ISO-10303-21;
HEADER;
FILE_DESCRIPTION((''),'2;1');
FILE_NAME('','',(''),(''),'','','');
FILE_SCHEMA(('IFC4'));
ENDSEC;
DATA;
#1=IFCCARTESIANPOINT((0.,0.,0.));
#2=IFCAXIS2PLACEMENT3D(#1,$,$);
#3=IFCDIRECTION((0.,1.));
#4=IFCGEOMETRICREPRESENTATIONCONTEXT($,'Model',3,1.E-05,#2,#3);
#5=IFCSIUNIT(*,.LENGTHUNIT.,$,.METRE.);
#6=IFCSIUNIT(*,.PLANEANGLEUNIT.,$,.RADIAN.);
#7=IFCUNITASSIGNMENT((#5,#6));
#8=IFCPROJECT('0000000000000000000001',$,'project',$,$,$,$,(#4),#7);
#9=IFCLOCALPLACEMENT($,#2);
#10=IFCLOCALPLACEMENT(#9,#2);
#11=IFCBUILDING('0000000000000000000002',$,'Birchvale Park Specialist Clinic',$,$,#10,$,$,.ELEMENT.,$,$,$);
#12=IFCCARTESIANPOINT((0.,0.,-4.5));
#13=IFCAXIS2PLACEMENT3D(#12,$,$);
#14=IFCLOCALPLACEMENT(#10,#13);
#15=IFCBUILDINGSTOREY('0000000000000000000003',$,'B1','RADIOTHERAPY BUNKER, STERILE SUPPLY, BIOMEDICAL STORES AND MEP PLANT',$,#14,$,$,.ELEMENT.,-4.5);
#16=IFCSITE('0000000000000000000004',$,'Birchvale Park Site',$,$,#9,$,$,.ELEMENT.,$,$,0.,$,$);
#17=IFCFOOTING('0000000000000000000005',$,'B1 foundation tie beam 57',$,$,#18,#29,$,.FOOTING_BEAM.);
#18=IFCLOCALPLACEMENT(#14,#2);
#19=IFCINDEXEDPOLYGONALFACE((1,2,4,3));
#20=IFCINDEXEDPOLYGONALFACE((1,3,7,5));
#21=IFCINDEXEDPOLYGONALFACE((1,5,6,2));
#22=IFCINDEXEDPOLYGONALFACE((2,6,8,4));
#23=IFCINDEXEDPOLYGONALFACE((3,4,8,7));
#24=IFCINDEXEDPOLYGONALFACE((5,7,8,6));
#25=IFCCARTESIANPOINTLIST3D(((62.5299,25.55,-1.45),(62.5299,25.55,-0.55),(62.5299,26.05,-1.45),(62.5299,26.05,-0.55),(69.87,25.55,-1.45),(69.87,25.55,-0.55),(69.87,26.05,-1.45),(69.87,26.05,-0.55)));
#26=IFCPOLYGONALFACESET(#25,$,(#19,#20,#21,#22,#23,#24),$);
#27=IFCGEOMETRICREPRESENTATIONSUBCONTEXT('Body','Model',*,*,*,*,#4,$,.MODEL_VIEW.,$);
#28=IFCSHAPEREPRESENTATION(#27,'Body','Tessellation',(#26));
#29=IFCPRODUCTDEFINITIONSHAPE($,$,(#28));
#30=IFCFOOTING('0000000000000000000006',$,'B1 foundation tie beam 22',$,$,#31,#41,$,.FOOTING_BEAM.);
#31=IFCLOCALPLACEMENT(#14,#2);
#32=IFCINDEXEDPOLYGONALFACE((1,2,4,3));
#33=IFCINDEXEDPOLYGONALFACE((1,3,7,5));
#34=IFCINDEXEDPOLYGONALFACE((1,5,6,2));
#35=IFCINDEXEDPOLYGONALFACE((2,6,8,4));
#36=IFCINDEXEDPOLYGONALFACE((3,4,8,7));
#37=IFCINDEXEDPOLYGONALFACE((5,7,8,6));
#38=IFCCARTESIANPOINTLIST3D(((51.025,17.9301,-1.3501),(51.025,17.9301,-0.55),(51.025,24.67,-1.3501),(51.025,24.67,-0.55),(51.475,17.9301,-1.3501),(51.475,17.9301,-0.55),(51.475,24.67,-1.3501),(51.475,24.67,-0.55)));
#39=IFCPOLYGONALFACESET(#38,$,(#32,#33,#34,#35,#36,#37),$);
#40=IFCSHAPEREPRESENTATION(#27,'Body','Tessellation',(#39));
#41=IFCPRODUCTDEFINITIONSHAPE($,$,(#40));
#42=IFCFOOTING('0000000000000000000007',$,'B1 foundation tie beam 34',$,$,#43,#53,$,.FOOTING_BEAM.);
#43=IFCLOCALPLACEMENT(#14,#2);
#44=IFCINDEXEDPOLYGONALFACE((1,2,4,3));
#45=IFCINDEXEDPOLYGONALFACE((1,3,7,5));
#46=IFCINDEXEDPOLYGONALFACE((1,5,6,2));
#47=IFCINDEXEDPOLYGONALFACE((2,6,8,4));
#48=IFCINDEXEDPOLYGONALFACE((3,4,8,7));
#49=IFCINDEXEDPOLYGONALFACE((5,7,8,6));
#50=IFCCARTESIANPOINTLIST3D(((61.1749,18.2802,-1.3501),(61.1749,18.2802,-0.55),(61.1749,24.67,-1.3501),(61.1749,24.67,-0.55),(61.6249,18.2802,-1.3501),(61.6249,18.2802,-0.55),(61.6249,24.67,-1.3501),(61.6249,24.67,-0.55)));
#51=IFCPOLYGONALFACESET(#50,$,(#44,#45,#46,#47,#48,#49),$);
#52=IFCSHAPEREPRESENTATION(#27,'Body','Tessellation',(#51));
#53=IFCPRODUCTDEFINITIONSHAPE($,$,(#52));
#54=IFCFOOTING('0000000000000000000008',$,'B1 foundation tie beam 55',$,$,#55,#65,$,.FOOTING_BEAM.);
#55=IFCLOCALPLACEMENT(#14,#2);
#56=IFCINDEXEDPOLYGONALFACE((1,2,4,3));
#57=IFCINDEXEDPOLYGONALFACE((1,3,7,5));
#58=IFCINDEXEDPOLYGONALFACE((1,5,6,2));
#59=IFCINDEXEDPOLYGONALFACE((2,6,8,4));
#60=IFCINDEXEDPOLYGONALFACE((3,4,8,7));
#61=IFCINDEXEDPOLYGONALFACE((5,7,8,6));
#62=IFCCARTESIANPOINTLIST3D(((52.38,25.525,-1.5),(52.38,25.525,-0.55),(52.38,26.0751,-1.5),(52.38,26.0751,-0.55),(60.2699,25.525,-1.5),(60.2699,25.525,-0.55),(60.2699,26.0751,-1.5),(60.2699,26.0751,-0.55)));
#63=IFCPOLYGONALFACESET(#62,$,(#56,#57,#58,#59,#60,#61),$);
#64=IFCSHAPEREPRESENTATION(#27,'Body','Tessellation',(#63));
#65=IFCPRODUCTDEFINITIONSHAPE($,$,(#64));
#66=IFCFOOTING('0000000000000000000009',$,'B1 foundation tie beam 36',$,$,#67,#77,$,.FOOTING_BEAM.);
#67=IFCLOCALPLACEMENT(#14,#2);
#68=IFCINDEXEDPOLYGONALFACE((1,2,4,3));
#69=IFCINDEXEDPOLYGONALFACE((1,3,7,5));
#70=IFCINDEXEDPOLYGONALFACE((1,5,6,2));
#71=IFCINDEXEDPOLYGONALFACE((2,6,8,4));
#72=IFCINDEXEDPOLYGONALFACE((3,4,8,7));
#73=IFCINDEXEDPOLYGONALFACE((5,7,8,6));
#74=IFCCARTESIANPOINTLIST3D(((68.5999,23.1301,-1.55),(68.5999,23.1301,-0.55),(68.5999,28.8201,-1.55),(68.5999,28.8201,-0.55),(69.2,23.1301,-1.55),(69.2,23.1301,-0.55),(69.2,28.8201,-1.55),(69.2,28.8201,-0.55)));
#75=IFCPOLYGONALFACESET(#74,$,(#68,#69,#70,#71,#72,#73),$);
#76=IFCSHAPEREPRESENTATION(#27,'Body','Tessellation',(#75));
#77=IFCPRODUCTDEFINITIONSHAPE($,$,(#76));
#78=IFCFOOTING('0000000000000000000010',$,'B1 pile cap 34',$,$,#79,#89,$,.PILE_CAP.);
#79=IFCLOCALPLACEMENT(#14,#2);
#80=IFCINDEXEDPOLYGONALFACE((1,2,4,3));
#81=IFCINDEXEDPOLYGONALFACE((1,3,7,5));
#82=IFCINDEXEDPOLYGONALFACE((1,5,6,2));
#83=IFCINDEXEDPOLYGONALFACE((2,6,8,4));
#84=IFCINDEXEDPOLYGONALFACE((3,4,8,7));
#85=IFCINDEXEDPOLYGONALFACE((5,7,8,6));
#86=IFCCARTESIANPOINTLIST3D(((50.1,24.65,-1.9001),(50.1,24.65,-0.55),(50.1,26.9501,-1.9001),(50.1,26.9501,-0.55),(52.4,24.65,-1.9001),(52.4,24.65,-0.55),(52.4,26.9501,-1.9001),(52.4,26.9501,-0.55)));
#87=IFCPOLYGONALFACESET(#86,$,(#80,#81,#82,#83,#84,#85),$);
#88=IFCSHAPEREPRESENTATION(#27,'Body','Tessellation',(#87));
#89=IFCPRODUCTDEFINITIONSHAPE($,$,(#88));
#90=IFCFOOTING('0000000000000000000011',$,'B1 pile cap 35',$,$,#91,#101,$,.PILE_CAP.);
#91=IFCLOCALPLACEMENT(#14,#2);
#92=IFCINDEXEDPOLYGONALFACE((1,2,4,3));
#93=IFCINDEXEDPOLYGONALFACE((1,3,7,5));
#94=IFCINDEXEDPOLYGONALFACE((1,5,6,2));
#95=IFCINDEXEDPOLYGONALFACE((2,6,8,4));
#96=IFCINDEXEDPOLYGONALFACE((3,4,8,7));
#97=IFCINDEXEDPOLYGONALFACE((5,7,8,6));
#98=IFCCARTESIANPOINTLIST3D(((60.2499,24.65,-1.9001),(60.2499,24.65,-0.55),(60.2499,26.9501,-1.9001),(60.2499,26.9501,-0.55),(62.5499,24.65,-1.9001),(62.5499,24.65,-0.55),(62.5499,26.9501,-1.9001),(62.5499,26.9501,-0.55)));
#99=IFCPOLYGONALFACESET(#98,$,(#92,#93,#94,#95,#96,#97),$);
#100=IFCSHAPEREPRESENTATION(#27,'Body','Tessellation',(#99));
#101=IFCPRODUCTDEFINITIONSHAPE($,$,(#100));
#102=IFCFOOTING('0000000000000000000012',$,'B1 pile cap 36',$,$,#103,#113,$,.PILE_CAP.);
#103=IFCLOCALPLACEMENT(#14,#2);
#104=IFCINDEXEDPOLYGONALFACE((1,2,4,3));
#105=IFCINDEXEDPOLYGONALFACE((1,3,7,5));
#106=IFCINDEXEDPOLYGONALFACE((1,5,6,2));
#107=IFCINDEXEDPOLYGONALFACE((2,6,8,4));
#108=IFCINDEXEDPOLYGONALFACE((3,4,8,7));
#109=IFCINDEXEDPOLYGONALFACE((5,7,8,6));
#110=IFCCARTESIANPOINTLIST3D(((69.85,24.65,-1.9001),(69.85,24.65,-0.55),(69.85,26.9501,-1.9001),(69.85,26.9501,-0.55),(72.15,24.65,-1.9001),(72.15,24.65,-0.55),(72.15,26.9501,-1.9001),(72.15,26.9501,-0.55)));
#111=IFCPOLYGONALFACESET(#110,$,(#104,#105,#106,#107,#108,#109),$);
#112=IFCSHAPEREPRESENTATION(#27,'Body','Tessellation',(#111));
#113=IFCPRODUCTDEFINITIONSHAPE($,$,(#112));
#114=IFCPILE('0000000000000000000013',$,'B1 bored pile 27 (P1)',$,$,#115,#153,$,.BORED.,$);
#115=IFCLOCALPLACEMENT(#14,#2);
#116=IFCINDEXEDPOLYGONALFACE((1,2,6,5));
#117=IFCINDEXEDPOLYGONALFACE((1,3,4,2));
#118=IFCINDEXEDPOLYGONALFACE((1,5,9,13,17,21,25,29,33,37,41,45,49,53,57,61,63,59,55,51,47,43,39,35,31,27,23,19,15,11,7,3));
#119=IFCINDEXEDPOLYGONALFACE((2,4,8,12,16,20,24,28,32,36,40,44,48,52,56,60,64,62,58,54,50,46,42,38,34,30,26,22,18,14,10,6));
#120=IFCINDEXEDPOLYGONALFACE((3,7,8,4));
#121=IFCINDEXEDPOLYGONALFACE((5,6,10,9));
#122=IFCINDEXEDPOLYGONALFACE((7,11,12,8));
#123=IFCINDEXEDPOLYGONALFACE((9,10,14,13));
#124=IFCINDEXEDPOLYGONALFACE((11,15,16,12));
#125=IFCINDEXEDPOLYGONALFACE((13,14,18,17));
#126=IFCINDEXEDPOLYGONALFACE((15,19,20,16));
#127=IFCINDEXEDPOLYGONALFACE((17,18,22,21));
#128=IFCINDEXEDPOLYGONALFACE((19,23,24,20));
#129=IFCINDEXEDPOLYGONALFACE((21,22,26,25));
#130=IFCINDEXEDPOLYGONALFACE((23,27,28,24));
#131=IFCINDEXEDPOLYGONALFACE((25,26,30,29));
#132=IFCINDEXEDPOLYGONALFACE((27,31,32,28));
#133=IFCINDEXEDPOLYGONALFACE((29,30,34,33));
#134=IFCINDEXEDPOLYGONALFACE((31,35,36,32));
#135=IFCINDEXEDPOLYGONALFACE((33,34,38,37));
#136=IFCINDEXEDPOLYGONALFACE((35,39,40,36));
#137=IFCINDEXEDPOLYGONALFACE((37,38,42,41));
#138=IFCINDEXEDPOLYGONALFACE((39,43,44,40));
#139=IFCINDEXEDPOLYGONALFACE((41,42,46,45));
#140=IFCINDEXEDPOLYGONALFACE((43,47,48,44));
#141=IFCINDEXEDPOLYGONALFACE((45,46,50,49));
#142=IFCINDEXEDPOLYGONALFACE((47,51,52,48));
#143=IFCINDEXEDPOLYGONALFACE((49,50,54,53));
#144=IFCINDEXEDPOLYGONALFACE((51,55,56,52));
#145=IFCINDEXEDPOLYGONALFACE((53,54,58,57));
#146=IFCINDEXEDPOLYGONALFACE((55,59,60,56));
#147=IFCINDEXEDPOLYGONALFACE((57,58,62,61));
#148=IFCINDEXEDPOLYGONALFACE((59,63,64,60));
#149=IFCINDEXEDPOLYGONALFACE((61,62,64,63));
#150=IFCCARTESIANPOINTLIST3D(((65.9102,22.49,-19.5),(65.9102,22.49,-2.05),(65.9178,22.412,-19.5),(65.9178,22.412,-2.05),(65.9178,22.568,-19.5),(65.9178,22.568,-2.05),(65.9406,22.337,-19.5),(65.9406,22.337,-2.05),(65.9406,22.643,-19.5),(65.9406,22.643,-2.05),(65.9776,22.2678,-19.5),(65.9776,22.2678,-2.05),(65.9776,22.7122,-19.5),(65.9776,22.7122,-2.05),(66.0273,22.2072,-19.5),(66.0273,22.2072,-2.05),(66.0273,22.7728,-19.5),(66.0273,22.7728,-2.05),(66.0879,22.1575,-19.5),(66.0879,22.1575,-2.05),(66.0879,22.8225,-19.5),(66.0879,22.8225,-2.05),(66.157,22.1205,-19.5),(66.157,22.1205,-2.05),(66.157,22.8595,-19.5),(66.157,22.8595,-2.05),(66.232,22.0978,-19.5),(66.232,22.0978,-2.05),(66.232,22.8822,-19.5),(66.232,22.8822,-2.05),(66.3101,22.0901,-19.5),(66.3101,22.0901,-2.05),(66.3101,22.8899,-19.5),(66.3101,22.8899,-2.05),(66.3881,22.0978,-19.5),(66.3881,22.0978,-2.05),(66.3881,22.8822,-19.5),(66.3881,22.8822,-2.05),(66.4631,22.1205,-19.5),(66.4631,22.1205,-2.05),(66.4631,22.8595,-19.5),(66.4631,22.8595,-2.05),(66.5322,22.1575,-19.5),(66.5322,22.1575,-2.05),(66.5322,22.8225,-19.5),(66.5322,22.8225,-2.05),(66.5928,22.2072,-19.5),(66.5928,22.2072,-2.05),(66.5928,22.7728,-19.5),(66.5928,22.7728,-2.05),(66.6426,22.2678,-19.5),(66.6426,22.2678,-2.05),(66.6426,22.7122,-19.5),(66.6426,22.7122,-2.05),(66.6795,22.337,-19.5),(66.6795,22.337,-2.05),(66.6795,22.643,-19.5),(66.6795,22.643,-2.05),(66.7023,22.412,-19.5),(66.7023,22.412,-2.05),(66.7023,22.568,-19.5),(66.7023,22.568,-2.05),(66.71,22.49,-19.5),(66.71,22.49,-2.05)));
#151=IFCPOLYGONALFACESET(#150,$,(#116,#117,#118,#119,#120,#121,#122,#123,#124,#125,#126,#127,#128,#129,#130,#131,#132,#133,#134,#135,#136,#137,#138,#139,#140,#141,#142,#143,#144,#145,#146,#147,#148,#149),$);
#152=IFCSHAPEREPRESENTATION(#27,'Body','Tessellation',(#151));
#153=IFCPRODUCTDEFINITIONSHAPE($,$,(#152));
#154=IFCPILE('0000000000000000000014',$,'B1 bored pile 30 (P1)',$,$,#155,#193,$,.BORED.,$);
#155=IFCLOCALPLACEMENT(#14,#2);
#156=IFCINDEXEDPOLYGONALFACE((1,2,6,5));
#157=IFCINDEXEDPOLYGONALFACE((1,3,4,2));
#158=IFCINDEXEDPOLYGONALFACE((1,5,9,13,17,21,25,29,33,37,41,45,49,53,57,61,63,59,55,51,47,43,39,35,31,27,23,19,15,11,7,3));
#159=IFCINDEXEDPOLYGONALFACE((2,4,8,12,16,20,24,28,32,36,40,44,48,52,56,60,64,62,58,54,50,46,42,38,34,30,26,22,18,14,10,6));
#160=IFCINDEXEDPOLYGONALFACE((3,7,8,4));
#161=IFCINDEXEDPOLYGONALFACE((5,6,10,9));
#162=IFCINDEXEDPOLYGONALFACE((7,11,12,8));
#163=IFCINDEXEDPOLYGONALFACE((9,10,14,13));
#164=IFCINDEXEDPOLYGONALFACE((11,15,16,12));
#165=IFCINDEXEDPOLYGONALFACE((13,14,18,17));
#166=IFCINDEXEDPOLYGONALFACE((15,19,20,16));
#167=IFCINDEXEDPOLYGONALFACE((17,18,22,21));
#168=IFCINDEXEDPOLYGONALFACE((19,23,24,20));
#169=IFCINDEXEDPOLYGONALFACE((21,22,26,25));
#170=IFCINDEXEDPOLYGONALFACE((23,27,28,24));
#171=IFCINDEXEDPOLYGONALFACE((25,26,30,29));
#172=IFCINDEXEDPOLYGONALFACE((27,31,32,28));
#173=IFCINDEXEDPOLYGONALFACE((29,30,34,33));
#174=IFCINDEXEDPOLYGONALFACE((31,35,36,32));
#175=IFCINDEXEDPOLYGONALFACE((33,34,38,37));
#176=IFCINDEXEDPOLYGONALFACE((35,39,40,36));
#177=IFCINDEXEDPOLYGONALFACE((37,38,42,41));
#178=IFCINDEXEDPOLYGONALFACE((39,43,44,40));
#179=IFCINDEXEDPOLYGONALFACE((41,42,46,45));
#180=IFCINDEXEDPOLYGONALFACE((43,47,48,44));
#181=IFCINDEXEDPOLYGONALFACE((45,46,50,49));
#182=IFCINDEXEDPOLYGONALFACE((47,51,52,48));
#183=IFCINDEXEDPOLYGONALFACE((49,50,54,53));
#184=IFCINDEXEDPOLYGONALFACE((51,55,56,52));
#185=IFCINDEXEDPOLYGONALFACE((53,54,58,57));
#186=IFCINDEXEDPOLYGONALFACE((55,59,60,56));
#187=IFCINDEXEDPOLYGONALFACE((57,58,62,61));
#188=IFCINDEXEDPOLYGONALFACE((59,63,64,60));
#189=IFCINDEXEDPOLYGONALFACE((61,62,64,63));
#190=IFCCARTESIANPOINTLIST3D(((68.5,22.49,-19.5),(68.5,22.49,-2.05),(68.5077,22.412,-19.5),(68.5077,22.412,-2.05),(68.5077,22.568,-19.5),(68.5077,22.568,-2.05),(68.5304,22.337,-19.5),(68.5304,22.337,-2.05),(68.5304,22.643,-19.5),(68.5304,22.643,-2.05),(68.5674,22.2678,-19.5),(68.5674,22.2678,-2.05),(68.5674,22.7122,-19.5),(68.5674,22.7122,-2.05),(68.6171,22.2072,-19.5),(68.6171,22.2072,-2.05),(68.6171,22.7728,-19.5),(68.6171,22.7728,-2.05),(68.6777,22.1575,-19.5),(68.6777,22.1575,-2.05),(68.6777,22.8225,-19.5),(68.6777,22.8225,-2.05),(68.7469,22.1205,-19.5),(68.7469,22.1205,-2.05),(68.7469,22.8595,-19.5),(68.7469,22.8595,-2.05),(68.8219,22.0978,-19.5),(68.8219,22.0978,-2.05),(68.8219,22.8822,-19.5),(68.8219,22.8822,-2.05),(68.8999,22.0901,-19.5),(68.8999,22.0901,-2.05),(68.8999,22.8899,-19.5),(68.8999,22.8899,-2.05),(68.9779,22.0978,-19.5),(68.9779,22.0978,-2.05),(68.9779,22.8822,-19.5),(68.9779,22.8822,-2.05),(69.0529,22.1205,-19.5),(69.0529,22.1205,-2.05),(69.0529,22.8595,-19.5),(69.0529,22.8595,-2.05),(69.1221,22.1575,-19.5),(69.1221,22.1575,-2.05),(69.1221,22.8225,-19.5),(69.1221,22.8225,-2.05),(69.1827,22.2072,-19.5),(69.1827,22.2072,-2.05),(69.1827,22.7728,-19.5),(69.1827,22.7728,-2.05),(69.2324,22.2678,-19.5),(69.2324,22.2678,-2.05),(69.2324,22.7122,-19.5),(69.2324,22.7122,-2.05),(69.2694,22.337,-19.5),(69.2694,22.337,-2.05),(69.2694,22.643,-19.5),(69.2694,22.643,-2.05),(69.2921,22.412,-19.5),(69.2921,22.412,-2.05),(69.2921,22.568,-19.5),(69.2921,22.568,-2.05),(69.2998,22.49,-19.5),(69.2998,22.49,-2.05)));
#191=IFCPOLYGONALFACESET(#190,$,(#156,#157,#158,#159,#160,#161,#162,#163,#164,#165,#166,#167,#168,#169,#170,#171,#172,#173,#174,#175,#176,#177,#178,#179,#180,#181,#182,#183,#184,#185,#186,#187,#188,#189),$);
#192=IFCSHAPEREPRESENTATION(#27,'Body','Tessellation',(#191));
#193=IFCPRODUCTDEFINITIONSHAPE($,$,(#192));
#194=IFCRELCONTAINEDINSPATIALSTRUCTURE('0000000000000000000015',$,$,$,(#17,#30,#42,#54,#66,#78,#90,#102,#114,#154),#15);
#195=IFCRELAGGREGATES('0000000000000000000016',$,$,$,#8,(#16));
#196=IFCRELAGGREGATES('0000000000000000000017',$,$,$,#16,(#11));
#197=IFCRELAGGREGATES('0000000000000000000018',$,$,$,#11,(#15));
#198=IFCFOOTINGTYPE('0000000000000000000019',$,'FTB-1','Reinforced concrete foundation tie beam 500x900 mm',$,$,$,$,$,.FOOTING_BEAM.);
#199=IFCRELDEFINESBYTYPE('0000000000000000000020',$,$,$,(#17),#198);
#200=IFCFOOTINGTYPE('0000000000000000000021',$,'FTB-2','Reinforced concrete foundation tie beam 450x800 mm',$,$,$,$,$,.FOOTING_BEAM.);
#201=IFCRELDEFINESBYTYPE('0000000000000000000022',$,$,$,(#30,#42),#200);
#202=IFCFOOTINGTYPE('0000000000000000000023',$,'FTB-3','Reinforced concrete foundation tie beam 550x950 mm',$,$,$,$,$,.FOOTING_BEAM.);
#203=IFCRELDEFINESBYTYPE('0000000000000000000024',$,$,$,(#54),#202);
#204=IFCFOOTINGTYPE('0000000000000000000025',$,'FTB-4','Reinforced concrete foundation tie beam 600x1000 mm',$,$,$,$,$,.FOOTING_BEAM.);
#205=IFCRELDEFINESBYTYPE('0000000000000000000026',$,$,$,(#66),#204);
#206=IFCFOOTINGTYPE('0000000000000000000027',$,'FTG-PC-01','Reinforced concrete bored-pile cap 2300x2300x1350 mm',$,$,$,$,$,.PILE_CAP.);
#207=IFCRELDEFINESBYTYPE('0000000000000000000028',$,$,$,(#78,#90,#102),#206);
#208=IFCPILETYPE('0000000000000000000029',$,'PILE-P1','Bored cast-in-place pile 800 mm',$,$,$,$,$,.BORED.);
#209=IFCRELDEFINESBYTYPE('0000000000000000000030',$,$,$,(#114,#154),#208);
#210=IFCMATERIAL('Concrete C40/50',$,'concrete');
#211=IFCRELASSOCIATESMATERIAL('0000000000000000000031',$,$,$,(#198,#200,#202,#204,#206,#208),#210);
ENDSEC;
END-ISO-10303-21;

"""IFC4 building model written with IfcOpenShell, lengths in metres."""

from ifc_helpers import new_model, si_unit, direction, frame, origin, origin_2d, place, context, subcontext, project, spatial, rectangle, circle, extrude, material, material_profile, profile_set, type_object, element, save


model = new_model("IFC4")

# Units and contexts
model_context = context("Model", 3, precision=1e-05, world=origin(), true_north=direction((0.0, 1.0)))
body_context = subcontext(model_context, "Body", "Model", "MODEL_VIEW")
ifc_project = project(units=[si_unit("LENGTHUNIT", "METRE"), si_unit("PLANEANGLEUNIT", "RADIAN")], contexts=[model_context])

# Site, building, storey
site_placement = place(None, origin())
site = spatial("IfcSite", under=ifc_project, at=site_placement, Name="Birchvale Park Site", CompositionType="ELEMENT", RefElevation=0.0)
building_placement = place(site_placement, origin())
building = spatial("IfcBuilding", under=site, at=building_placement, Name="Birchvale Park Specialist Clinic", CompositionType="ELEMENT")
storey_placement = place(building_placement, frame((0.0, 0.0, -4.5)))
storey = spatial("IfcBuildingStorey", under=building, at=storey_placement, Name="B1", Description="RADIOTHERAPY BUNKER, STERILE SUPPLY, BIOMEDICAL STORES AND MEP PLANT", CompositionType="ELEMENT", Elevation=-4.5)

# Footings
ifc_material_1 = material(Name="Concrete C40/50", Category="concrete")
footing_type_1 = type_object("IfcFootingType", Name="FTB-1", Description="Reinforced concrete foundation tie beam 500x900 mm", PredefinedType="FOOTING_BEAM", material=ifc_material_1)
footing_1_placement = place(storey_placement, frame((66.2, 25.8, -1.45), z_axis=(0.0, 0.0, 1.0), x_axis=(1.0, 0.0, 0.0)))
element("IfcFooting", 1, at=footing_1_placement, inside=storey, type_object=footing_type_1, Name="B1 foundation tie beam 57", PredefinedType="FOOTING_BEAM", context=body_context, shape_type="SweptSolid", body=[
    extrude(rectangle(XDim=7.3401, YDim=0.5, at=origin_2d()), origin(), (0.0, 0.0, 1.0), 0.8999),
])
footing_type_2 = type_object("IfcFootingType", Name="FTB-2", Description="Reinforced concrete foundation tie beam 450x800 mm", PredefinedType="FOOTING_BEAM", material=ifc_material_1)
footing_2_placement = place(storey_placement, frame((51.25, 21.3, -1.3501), z_axis=(0.0, 0.0, 1.0), x_axis=(1.0, 0.0, 0.0)))
element("IfcFooting", 2, at=footing_2_placement, inside=storey, type_object=footing_type_2, Name="B1 foundation tie beam 22", PredefinedType="FOOTING_BEAM", context=body_context, shape_type="SweptSolid", body=[
    extrude(rectangle(XDim=0.45, YDim=6.74, at=origin_2d()), origin(), (0.0, 0.0, 1.0), 0.8),
])
footing_3_placement = place(storey_placement, frame((61.3999, 21.4751, -1.3501), z_axis=(0.0, 0.0, 1.0), x_axis=(1.0, 0.0, 0.0)))
element("IfcFooting", 3, at=footing_3_placement, inside=storey, type_object=footing_type_2, Name="B1 foundation tie beam 34", PredefinedType="FOOTING_BEAM", context=body_context, shape_type="SweptSolid", body=[
    extrude(rectangle(XDim=0.45, YDim=6.3899, at=origin_2d()), origin(), (0.0, 0.0, 1.0), 0.8),
])
footing_type_3 = type_object("IfcFootingType", Name="FTB-3", Description="Reinforced concrete foundation tie beam 550x950 mm", PredefinedType="FOOTING_BEAM", material=ifc_material_1)
footing_4_placement = place(storey_placement, frame((56.325, 25.8, -1.5), z_axis=(0.0, 0.0, 1.0), x_axis=(1.0, 0.0, 0.0)))
element("IfcFooting", 4, at=footing_4_placement, inside=storey, type_object=footing_type_3, Name="B1 foundation tie beam 55", PredefinedType="FOOTING_BEAM", context=body_context, shape_type="SweptSolid", body=[
    extrude(rectangle(XDim=7.8899, YDim=0.55, at=origin_2d()), origin(), (0.0, 0.0, 1.0), 0.95),
])
footing_type_4 = type_object("IfcFootingType", Name="FTB-4", Description="Reinforced concrete foundation tie beam 600x1000 mm", PredefinedType="FOOTING_BEAM", material=ifc_material_1)
footing_5_placement = place(storey_placement, frame((68.8999, 25.9751, -1.55), z_axis=(0.0, 0.0, 1.0), x_axis=(1.0, 0.0, 0.0)))
element("IfcFooting", 5, at=footing_5_placement, inside=storey, type_object=footing_type_4, Name="B1 foundation tie beam 36", PredefinedType="FOOTING_BEAM", context=body_context, shape_type="SweptSolid", body=[
    extrude(rectangle(XDim=0.6001, YDim=5.6899, at=origin_2d()), origin(), (0.0, 0.0, 1.0), 1.0),
])
footing_type_5 = type_object("IfcFootingType", Name="FTG-PC-01", Description="Reinforced concrete bored-pile cap 2300x2300x1350 mm", PredefinedType="PILE_CAP", material=ifc_material_1)
for number, where, z_axis, x_axis, name in (
    (6, (51.25, 25.8, -1.9001), (0.0, 0.0, 1.0), (1.0, 0.0, 0.0), "B1 pile cap 34"),
    (7, (61.3999, 25.8, -1.9001), (0.0, 0.0, 1.0), (1.0, 0.0, 0.0), "B1 pile cap 35"),
    (8, (71.0, 25.8, -1.9001), (0.0, 0.0, 1.0), (1.0, 0.0, 0.0), "B1 pile cap 36"),
):
    element("IfcFooting", number, at=place(storey_placement, frame(where, z_axis=z_axis, x_axis=x_axis)), inside=storey, type_object=footing_type_5, Name=name, PredefinedType="PILE_CAP", context=body_context, shape_type="SweptSolid", body=[
        extrude(rectangle(XDim=2.3, YDim=2.3, at=origin_2d()), origin(), (0.0, 0.0, 1.0), 1.3501),
    ])

# Piles
ifc_material_profile_1 = material_profile(ifc_material_1, circle(Radius=0.3999, at=origin_2d()), Name="PILE-800")
ifc_profile_set_1 = profile_set([ifc_material_profile_1], Name="Concrete C40/50")
pile_type_1 = type_object("IfcPileType", Name="PILE-P1", Description="Bored cast-in-place pile 800 mm", PredefinedType="BORED", material=ifc_profile_set_1)
for number, where, z_axis, x_axis, name in (
    (9, (66.3101, 22.49, -2.05), (0.0, 0.0, -1.0), (1.0, 0.0, 0.0), "B1 bored pile 27 (P1)"),
    (10, (68.8999, 22.49, -2.05), (0.0, 0.0, -1.0), (1.0, 0.0, 0.0), "B1 bored pile 30 (P1)"),
):
    element("IfcPile", number, at=place(storey_placement, frame(where, z_axis=z_axis, x_axis=x_axis)), inside=storey, type_object=pile_type_1, Name=name, PredefinedType="BORED", context=body_context, shape_type="SweptSolid", body=[
        extrude(circle(Radius=0.3999, at=origin_2d()), origin(), (0.0, 0.0, 1.0), 17.45),
    ])

save(model, "model.ifc")
